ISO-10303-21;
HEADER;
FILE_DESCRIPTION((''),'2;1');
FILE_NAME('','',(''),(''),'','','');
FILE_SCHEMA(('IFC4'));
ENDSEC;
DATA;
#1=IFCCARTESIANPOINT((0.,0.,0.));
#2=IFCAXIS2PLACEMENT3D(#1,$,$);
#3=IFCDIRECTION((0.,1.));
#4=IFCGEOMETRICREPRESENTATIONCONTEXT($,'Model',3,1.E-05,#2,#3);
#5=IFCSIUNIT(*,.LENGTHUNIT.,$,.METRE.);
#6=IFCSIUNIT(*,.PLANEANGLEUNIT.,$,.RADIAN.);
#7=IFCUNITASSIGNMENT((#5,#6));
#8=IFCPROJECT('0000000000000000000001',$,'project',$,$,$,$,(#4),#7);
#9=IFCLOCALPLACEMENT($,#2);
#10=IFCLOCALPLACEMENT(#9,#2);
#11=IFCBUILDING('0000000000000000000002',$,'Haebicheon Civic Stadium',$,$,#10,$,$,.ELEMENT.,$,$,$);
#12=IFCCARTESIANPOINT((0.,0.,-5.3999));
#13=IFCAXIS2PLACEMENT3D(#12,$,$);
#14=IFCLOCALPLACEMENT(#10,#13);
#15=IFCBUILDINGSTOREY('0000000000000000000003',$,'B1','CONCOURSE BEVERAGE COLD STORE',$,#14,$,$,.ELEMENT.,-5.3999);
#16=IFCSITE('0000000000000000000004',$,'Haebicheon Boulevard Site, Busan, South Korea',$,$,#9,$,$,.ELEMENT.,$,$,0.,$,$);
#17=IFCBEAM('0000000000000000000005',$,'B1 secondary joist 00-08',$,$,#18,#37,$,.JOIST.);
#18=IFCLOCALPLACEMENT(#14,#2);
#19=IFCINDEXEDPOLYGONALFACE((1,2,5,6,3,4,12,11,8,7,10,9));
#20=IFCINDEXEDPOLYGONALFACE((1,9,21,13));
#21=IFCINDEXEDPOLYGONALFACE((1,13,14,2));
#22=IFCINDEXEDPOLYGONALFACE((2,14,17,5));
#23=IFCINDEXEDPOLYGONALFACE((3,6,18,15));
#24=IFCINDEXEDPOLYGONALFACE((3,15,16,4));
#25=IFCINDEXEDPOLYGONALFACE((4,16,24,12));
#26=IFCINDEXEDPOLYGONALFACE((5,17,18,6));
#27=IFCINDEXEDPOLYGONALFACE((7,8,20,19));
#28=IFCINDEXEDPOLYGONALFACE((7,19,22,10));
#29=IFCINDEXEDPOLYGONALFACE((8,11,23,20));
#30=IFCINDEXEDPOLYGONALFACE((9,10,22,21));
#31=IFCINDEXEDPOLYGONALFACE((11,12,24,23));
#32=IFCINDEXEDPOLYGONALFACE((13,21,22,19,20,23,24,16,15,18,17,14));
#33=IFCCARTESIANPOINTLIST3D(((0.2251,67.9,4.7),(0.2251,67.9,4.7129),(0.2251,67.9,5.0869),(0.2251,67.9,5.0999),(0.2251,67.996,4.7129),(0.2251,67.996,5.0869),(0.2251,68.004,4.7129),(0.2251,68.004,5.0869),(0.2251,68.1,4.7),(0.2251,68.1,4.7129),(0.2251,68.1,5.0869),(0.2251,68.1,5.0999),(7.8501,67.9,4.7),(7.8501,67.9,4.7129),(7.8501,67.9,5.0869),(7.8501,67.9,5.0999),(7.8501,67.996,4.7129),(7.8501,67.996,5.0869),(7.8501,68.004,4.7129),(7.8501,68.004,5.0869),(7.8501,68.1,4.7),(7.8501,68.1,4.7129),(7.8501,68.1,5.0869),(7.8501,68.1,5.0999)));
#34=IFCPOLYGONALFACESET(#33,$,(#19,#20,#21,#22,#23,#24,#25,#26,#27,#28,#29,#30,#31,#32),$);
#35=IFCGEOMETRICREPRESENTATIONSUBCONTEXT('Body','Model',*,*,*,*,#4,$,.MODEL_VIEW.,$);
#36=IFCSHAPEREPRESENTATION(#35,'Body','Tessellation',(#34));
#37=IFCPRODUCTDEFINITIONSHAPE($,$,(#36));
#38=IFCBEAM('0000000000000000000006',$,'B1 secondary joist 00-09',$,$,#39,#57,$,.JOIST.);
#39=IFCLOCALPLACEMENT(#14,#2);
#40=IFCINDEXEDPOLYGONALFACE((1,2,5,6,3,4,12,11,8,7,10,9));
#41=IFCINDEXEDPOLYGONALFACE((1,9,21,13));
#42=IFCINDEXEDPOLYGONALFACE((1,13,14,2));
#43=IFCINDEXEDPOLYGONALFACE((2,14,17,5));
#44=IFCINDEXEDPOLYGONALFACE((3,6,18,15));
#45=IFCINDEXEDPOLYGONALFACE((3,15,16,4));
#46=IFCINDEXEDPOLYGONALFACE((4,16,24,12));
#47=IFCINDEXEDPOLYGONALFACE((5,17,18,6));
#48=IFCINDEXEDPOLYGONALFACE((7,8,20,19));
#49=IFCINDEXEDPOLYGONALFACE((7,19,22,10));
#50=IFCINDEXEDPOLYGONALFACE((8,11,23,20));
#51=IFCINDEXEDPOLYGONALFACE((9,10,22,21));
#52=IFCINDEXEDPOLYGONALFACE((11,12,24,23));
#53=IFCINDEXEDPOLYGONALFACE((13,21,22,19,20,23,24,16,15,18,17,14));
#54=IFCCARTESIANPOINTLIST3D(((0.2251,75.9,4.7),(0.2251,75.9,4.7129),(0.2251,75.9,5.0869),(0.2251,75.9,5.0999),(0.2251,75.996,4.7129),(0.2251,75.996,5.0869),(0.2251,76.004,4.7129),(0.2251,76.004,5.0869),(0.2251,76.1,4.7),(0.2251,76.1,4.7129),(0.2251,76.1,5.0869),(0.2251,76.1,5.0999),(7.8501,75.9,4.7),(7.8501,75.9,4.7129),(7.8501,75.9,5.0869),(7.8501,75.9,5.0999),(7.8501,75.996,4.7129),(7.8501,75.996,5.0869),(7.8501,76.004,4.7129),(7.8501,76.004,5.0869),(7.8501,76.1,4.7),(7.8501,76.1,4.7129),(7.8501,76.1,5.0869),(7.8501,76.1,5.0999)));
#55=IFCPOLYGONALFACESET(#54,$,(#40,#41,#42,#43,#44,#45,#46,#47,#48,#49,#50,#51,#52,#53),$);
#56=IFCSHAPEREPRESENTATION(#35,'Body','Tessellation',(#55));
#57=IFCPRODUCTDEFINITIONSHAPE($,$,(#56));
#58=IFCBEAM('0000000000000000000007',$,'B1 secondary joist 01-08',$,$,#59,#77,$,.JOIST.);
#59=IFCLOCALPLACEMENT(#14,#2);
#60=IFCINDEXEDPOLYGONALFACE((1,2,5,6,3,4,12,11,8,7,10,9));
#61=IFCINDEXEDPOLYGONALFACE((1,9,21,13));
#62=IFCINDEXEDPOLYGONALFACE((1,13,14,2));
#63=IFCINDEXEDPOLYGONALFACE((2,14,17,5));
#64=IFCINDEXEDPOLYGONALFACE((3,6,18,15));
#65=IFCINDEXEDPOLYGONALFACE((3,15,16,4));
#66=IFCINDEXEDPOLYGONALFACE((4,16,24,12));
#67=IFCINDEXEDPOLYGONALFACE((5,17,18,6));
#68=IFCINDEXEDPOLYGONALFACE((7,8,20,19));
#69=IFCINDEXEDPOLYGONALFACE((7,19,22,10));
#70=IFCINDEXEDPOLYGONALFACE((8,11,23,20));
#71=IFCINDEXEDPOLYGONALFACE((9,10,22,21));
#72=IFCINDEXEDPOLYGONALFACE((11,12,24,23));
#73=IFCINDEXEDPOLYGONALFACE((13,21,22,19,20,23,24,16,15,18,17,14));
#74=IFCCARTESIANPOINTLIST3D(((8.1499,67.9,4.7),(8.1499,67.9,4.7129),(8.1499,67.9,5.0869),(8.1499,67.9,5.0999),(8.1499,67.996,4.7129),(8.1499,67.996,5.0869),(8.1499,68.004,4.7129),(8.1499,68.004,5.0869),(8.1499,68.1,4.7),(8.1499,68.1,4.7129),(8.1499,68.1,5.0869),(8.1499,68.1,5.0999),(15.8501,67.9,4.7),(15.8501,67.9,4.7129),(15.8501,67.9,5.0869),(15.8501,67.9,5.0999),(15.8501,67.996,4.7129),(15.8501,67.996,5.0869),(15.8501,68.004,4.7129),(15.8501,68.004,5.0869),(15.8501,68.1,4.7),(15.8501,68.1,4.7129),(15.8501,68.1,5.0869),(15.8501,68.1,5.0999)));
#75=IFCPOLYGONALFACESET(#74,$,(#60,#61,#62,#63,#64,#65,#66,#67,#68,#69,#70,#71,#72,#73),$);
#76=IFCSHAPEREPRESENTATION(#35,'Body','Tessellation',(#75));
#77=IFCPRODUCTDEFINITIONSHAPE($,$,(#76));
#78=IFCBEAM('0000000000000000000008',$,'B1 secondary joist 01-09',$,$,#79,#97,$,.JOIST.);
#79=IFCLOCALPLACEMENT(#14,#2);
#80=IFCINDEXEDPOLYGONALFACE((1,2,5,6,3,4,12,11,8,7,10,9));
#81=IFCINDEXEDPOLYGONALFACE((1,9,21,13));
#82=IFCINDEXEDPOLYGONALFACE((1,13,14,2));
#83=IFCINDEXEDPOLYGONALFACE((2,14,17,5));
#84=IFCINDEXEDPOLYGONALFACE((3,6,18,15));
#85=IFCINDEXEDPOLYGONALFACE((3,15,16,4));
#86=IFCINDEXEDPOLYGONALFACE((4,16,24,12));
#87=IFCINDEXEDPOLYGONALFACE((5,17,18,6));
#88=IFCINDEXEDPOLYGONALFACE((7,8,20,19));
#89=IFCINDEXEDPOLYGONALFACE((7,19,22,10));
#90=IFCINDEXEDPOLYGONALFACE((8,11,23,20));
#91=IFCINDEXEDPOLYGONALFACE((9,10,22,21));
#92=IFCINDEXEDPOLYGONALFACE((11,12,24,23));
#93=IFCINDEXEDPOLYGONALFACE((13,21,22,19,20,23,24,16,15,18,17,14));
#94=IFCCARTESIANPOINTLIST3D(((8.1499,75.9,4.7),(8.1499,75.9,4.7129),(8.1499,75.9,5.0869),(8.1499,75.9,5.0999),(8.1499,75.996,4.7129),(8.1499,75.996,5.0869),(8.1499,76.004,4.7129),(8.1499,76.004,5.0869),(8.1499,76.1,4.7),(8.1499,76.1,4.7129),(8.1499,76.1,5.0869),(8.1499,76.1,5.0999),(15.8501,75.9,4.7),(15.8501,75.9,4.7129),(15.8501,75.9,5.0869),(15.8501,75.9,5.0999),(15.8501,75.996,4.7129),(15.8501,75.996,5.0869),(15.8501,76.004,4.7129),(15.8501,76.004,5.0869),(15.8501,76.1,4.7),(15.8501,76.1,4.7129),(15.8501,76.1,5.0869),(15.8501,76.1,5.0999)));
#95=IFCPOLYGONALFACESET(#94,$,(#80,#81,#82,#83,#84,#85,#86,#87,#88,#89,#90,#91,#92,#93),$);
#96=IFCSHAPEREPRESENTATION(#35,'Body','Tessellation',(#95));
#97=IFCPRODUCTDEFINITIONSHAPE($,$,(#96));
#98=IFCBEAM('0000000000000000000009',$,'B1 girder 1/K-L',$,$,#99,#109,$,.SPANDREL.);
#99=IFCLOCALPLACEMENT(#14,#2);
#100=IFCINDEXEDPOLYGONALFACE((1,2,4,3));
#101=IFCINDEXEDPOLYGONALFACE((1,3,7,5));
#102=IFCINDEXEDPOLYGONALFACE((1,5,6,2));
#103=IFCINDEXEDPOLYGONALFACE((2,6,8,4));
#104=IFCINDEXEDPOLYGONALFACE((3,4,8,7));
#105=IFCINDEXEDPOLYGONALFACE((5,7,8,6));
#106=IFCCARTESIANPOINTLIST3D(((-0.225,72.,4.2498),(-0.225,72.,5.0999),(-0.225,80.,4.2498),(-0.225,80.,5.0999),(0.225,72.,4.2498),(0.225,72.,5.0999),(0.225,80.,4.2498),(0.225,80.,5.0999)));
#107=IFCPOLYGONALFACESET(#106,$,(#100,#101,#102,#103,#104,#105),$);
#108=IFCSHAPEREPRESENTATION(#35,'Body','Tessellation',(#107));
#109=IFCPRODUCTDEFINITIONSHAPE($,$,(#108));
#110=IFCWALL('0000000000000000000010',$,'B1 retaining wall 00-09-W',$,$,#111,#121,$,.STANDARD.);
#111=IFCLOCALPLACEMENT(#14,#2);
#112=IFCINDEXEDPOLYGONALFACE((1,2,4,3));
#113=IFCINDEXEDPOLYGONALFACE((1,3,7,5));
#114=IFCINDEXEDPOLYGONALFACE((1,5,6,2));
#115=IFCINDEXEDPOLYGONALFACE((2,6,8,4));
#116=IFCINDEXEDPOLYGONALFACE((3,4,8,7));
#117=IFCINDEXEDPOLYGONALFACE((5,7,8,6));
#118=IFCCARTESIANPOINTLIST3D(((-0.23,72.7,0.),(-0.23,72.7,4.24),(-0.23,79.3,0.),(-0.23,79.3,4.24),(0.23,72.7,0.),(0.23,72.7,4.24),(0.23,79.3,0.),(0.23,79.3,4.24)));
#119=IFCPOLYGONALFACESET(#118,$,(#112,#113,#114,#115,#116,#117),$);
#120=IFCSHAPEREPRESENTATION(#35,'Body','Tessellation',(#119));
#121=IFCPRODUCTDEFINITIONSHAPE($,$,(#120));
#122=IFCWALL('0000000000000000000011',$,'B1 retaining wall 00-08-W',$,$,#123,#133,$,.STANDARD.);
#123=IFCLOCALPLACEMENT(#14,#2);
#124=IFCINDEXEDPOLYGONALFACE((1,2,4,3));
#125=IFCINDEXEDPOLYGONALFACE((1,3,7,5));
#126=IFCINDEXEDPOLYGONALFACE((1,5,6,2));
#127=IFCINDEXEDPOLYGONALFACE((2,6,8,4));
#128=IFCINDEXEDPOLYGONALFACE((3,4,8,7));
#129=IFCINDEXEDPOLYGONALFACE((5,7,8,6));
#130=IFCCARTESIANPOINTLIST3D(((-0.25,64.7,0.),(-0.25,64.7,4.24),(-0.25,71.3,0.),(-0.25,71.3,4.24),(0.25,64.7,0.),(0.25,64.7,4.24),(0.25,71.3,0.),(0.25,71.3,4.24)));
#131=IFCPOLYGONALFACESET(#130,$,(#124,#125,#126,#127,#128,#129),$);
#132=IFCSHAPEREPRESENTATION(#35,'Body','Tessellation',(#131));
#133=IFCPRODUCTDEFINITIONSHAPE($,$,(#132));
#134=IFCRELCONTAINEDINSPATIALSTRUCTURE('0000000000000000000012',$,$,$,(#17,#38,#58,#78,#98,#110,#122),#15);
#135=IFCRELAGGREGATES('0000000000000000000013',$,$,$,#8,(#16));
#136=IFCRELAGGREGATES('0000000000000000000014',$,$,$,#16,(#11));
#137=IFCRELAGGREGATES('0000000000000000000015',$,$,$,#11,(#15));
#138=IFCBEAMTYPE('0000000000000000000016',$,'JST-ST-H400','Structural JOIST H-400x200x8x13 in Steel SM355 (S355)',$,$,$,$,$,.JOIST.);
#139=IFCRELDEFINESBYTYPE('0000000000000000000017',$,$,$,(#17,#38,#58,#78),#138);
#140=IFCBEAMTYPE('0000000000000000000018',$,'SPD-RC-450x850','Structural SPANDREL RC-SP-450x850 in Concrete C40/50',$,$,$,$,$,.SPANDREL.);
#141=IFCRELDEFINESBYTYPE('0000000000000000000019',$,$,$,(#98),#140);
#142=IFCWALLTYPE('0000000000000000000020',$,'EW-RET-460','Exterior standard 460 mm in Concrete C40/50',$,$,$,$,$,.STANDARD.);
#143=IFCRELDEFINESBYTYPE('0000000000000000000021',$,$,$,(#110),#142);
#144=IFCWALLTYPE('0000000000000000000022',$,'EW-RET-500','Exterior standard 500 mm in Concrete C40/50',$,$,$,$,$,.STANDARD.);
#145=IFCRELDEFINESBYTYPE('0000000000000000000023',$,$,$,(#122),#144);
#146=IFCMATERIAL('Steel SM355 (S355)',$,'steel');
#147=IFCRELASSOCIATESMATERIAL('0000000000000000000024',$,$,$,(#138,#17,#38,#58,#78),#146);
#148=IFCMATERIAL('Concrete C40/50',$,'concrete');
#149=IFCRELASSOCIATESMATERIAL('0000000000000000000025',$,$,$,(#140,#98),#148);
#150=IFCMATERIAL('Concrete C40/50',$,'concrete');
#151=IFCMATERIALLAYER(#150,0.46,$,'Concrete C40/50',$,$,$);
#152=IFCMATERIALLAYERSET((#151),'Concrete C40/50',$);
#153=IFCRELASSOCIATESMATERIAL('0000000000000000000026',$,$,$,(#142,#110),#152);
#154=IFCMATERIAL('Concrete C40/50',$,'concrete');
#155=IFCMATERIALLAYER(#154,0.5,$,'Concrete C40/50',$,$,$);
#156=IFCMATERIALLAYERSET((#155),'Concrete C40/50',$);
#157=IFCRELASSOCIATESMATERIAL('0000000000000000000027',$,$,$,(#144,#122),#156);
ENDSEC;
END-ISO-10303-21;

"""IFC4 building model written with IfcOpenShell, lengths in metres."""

from ifc_helpers import new_model, si_unit, direction, frame, frame_2d, origin, origin_2d, place, context, subcontext, project, spatial, rectangle, i_section, extrude, material, layer, layer_set, material_profile, profile_set, type_object, element, save


model = new_model("IFC4")

# Units and contexts
model_context = context("Model", 3, precision=1e-05, world=origin(), true_north=direction((0.0, 1.0)))
body_context = subcontext(model_context, "Body", "Model", "MODEL_VIEW")
ifc_project = project(units=[si_unit("LENGTHUNIT", "METRE"), si_unit("PLANEANGLEUNIT", "RADIAN")], contexts=[model_context])

# Site, building, storey
site_placement = place(None, origin())
site = spatial("IfcSite", under=ifc_project, at=site_placement, Name="Haebicheon Boulevard Site, Busan, South Korea", CompositionType="ELEMENT", RefElevation=0.0)
building_placement = place(site_placement, origin())
building = spatial("IfcBuilding", under=site, at=building_placement, Name="Haebicheon Civic Stadium", CompositionType="ELEMENT")
storey_placement = place(building_placement, frame((0.0, 0.0, -5.3999)))
storey = spatial("IfcBuildingStorey", under=building, at=storey_placement, Name="B1", Description="CONCOURSE BEVERAGE COLD STORE", CompositionType="ELEMENT", Elevation=-5.3999)

# Beams
ifc_material_1 = material(Name="Steel SM355 (S355)", Category="steel")
ifc_material_profile_1 = material_profile(ifc_material_1, i_section(OverallWidth=0.2, OverallDepth=0.3999, WebThickness=0.0081, FlangeThickness=0.0129, at=origin_2d()), Name="H-400x200x8x13")
ifc_profile_set_1 = profile_set([ifc_material_profile_1], Name="Steel SM355 (S355)")
beam_type_1 = type_object("IfcBeamType", Name="JST-ST-H400", Description="Structural JOIST H-400x200x8x13 in Steel SM355 (S355)", PredefinedType="JOIST", material=ifc_profile_set_1)
for number, where, z_axis, x_axis, name in (
    (1, (0.2251, 68.0, 4.8999), (1.0, 0.0, 0.0), (0.0, 1.0, 0.0), "B1 secondary joist 00-08"),
    (2, (0.2251, 76.0, 4.8999), (1.0, 0.0, 0.0), (0.0, 1.0, 0.0), "B1 secondary joist 00-09"),
):
    element("IfcBeam", number, at=place(storey_placement, frame(where, z_axis=z_axis, x_axis=x_axis)), inside=storey, type_object=beam_type_1, material=ifc_profile_set_1, Name=name, PredefinedType="JOIST", context=body_context, shape_type="SweptSolid", body=[
        extrude(i_section(OverallWidth=0.2, OverallDepth=0.3999, WebThickness=0.0081, FlangeThickness=0.0129, at=origin_2d()), origin(), (0.0, 0.0, 1.0), 7.625),
    ])
for number, where, z_axis, x_axis, name in (
    (3, (8.1499, 68.0, 4.8999), (1.0, 0.0, 0.0), (0.0, 1.0, 0.0), "B1 secondary joist 01-08"),
    (4, (8.1499, 76.0, 4.8999), (1.0, 0.0, 0.0), (0.0, 1.0, 0.0), "B1 secondary joist 01-09"),
):
    element("IfcBeam", number, at=place(storey_placement, frame(where, z_axis=z_axis, x_axis=x_axis)), inside=storey, type_object=beam_type_1, material=ifc_profile_set_1, Name=name, PredefinedType="JOIST", context=body_context, shape_type="SweptSolid", body=[
        extrude(i_section(OverallWidth=0.2, OverallDepth=0.3999, WebThickness=0.0081, FlangeThickness=0.0129, at=origin_2d()), origin(), (0.0, 0.0, 1.0), 7.7002),
    ])
ifc_material_2 = material(Name="Concrete C40/50", Category="concrete")
ifc_material_profile_2 = material_profile(ifc_material_2, rectangle(XDim=0.45, YDim=0.8501, at=origin_2d()), Name="RC-SP-450x850")
ifc_profile_set_2 = profile_set([ifc_material_profile_2], Name="Concrete C40/50")
beam_type_2 = type_object("IfcBeamType", Name="SPD-RC-450x850", Description="Structural SPANDREL RC-SP-450x850 in Concrete C40/50", PredefinedType="SPANDREL", material=ifc_profile_set_2)
beam_1_placement = place(storey_placement, frame((0.0, 72.0, 4.6748), z_axis=(0.0, 1.0, 0.0), x_axis=(-1.0, 0.0, 0.0)))
element("IfcBeam", 5, at=beam_1_placement, inside=storey, type_object=beam_type_2, material=ifc_profile_set_2, Name="B1 girder 1/K-L", PredefinedType="SPANDREL", context=body_context, shape_type="SweptSolid", body=[
    extrude(rectangle(XDim=0.45, YDim=0.8501, at=origin_2d()), origin(), (0.0, 0.0, 1.0), 8.0),
])

# Walls
ifc_material_3 = material(Name="Concrete C40/50", Category="concrete")
ifc_layer_1 = layer(ifc_material_3, 0.46, Name="Concrete C40/50")
ifc_layer_set_1 = layer_set([ifc_layer_1], Name="Concrete C40/50")
wall_type_1 = type_object("IfcWallType", Name="EW-RET-460", Description="Exterior standard 460 mm in Concrete C40/50", PredefinedType="STANDARD", material=ifc_layer_set_1)
wall_1_placement = place(storey_placement, frame((0.0, 72.7, 0.0), z_axis=(0.0, 0.0, 1.0), x_axis=(0.0, 1.0, 0.0)))
element("IfcWall", 6, at=wall_1_placement, inside=storey, type_object=wall_type_1, material=ifc_layer_set_1, Name="B1 retaining wall 00-09-W", PredefinedType="STANDARD", context=body_context, shape_type="SweptSolid", body=[
    extrude(rectangle(XDim=6.6001, YDim=0.46, at=frame_2d((3.3, 0.0))), origin(), (0.0, 0.0, 1.0), 4.24),
])
ifc_material_4 = material(Name="Concrete C40/50", Category="concrete")
ifc_layer_2 = layer(ifc_material_4, 0.5, Name="Concrete C40/50")
ifc_layer_set_2 = layer_set([ifc_layer_2], Name="Concrete C40/50")
wall_type_2 = type_object("IfcWallType", Name="EW-RET-500", Description="Exterior standard 500 mm in Concrete C40/50", PredefinedType="STANDARD", material=ifc_layer_set_2)
wall_2_placement = place(storey_placement, frame((0.0, 64.7, 0.0), z_axis=(0.0, 0.0, 1.0), x_axis=(0.0, 1.0, 0.0)))
element("IfcWall", 7, at=wall_2_placement, inside=storey, type_object=wall_type_2, material=ifc_layer_set_2, Name="B1 retaining wall 00-08-W", PredefinedType="STANDARD", context=body_context, shape_type="SweptSolid", body=[
    extrude(rectangle(XDim=6.6001, YDim=0.5, at=frame_2d((3.3, 0.0))), origin(), (0.0, 0.0, 1.0), 4.24),
])

save(model, "model.ifc")
